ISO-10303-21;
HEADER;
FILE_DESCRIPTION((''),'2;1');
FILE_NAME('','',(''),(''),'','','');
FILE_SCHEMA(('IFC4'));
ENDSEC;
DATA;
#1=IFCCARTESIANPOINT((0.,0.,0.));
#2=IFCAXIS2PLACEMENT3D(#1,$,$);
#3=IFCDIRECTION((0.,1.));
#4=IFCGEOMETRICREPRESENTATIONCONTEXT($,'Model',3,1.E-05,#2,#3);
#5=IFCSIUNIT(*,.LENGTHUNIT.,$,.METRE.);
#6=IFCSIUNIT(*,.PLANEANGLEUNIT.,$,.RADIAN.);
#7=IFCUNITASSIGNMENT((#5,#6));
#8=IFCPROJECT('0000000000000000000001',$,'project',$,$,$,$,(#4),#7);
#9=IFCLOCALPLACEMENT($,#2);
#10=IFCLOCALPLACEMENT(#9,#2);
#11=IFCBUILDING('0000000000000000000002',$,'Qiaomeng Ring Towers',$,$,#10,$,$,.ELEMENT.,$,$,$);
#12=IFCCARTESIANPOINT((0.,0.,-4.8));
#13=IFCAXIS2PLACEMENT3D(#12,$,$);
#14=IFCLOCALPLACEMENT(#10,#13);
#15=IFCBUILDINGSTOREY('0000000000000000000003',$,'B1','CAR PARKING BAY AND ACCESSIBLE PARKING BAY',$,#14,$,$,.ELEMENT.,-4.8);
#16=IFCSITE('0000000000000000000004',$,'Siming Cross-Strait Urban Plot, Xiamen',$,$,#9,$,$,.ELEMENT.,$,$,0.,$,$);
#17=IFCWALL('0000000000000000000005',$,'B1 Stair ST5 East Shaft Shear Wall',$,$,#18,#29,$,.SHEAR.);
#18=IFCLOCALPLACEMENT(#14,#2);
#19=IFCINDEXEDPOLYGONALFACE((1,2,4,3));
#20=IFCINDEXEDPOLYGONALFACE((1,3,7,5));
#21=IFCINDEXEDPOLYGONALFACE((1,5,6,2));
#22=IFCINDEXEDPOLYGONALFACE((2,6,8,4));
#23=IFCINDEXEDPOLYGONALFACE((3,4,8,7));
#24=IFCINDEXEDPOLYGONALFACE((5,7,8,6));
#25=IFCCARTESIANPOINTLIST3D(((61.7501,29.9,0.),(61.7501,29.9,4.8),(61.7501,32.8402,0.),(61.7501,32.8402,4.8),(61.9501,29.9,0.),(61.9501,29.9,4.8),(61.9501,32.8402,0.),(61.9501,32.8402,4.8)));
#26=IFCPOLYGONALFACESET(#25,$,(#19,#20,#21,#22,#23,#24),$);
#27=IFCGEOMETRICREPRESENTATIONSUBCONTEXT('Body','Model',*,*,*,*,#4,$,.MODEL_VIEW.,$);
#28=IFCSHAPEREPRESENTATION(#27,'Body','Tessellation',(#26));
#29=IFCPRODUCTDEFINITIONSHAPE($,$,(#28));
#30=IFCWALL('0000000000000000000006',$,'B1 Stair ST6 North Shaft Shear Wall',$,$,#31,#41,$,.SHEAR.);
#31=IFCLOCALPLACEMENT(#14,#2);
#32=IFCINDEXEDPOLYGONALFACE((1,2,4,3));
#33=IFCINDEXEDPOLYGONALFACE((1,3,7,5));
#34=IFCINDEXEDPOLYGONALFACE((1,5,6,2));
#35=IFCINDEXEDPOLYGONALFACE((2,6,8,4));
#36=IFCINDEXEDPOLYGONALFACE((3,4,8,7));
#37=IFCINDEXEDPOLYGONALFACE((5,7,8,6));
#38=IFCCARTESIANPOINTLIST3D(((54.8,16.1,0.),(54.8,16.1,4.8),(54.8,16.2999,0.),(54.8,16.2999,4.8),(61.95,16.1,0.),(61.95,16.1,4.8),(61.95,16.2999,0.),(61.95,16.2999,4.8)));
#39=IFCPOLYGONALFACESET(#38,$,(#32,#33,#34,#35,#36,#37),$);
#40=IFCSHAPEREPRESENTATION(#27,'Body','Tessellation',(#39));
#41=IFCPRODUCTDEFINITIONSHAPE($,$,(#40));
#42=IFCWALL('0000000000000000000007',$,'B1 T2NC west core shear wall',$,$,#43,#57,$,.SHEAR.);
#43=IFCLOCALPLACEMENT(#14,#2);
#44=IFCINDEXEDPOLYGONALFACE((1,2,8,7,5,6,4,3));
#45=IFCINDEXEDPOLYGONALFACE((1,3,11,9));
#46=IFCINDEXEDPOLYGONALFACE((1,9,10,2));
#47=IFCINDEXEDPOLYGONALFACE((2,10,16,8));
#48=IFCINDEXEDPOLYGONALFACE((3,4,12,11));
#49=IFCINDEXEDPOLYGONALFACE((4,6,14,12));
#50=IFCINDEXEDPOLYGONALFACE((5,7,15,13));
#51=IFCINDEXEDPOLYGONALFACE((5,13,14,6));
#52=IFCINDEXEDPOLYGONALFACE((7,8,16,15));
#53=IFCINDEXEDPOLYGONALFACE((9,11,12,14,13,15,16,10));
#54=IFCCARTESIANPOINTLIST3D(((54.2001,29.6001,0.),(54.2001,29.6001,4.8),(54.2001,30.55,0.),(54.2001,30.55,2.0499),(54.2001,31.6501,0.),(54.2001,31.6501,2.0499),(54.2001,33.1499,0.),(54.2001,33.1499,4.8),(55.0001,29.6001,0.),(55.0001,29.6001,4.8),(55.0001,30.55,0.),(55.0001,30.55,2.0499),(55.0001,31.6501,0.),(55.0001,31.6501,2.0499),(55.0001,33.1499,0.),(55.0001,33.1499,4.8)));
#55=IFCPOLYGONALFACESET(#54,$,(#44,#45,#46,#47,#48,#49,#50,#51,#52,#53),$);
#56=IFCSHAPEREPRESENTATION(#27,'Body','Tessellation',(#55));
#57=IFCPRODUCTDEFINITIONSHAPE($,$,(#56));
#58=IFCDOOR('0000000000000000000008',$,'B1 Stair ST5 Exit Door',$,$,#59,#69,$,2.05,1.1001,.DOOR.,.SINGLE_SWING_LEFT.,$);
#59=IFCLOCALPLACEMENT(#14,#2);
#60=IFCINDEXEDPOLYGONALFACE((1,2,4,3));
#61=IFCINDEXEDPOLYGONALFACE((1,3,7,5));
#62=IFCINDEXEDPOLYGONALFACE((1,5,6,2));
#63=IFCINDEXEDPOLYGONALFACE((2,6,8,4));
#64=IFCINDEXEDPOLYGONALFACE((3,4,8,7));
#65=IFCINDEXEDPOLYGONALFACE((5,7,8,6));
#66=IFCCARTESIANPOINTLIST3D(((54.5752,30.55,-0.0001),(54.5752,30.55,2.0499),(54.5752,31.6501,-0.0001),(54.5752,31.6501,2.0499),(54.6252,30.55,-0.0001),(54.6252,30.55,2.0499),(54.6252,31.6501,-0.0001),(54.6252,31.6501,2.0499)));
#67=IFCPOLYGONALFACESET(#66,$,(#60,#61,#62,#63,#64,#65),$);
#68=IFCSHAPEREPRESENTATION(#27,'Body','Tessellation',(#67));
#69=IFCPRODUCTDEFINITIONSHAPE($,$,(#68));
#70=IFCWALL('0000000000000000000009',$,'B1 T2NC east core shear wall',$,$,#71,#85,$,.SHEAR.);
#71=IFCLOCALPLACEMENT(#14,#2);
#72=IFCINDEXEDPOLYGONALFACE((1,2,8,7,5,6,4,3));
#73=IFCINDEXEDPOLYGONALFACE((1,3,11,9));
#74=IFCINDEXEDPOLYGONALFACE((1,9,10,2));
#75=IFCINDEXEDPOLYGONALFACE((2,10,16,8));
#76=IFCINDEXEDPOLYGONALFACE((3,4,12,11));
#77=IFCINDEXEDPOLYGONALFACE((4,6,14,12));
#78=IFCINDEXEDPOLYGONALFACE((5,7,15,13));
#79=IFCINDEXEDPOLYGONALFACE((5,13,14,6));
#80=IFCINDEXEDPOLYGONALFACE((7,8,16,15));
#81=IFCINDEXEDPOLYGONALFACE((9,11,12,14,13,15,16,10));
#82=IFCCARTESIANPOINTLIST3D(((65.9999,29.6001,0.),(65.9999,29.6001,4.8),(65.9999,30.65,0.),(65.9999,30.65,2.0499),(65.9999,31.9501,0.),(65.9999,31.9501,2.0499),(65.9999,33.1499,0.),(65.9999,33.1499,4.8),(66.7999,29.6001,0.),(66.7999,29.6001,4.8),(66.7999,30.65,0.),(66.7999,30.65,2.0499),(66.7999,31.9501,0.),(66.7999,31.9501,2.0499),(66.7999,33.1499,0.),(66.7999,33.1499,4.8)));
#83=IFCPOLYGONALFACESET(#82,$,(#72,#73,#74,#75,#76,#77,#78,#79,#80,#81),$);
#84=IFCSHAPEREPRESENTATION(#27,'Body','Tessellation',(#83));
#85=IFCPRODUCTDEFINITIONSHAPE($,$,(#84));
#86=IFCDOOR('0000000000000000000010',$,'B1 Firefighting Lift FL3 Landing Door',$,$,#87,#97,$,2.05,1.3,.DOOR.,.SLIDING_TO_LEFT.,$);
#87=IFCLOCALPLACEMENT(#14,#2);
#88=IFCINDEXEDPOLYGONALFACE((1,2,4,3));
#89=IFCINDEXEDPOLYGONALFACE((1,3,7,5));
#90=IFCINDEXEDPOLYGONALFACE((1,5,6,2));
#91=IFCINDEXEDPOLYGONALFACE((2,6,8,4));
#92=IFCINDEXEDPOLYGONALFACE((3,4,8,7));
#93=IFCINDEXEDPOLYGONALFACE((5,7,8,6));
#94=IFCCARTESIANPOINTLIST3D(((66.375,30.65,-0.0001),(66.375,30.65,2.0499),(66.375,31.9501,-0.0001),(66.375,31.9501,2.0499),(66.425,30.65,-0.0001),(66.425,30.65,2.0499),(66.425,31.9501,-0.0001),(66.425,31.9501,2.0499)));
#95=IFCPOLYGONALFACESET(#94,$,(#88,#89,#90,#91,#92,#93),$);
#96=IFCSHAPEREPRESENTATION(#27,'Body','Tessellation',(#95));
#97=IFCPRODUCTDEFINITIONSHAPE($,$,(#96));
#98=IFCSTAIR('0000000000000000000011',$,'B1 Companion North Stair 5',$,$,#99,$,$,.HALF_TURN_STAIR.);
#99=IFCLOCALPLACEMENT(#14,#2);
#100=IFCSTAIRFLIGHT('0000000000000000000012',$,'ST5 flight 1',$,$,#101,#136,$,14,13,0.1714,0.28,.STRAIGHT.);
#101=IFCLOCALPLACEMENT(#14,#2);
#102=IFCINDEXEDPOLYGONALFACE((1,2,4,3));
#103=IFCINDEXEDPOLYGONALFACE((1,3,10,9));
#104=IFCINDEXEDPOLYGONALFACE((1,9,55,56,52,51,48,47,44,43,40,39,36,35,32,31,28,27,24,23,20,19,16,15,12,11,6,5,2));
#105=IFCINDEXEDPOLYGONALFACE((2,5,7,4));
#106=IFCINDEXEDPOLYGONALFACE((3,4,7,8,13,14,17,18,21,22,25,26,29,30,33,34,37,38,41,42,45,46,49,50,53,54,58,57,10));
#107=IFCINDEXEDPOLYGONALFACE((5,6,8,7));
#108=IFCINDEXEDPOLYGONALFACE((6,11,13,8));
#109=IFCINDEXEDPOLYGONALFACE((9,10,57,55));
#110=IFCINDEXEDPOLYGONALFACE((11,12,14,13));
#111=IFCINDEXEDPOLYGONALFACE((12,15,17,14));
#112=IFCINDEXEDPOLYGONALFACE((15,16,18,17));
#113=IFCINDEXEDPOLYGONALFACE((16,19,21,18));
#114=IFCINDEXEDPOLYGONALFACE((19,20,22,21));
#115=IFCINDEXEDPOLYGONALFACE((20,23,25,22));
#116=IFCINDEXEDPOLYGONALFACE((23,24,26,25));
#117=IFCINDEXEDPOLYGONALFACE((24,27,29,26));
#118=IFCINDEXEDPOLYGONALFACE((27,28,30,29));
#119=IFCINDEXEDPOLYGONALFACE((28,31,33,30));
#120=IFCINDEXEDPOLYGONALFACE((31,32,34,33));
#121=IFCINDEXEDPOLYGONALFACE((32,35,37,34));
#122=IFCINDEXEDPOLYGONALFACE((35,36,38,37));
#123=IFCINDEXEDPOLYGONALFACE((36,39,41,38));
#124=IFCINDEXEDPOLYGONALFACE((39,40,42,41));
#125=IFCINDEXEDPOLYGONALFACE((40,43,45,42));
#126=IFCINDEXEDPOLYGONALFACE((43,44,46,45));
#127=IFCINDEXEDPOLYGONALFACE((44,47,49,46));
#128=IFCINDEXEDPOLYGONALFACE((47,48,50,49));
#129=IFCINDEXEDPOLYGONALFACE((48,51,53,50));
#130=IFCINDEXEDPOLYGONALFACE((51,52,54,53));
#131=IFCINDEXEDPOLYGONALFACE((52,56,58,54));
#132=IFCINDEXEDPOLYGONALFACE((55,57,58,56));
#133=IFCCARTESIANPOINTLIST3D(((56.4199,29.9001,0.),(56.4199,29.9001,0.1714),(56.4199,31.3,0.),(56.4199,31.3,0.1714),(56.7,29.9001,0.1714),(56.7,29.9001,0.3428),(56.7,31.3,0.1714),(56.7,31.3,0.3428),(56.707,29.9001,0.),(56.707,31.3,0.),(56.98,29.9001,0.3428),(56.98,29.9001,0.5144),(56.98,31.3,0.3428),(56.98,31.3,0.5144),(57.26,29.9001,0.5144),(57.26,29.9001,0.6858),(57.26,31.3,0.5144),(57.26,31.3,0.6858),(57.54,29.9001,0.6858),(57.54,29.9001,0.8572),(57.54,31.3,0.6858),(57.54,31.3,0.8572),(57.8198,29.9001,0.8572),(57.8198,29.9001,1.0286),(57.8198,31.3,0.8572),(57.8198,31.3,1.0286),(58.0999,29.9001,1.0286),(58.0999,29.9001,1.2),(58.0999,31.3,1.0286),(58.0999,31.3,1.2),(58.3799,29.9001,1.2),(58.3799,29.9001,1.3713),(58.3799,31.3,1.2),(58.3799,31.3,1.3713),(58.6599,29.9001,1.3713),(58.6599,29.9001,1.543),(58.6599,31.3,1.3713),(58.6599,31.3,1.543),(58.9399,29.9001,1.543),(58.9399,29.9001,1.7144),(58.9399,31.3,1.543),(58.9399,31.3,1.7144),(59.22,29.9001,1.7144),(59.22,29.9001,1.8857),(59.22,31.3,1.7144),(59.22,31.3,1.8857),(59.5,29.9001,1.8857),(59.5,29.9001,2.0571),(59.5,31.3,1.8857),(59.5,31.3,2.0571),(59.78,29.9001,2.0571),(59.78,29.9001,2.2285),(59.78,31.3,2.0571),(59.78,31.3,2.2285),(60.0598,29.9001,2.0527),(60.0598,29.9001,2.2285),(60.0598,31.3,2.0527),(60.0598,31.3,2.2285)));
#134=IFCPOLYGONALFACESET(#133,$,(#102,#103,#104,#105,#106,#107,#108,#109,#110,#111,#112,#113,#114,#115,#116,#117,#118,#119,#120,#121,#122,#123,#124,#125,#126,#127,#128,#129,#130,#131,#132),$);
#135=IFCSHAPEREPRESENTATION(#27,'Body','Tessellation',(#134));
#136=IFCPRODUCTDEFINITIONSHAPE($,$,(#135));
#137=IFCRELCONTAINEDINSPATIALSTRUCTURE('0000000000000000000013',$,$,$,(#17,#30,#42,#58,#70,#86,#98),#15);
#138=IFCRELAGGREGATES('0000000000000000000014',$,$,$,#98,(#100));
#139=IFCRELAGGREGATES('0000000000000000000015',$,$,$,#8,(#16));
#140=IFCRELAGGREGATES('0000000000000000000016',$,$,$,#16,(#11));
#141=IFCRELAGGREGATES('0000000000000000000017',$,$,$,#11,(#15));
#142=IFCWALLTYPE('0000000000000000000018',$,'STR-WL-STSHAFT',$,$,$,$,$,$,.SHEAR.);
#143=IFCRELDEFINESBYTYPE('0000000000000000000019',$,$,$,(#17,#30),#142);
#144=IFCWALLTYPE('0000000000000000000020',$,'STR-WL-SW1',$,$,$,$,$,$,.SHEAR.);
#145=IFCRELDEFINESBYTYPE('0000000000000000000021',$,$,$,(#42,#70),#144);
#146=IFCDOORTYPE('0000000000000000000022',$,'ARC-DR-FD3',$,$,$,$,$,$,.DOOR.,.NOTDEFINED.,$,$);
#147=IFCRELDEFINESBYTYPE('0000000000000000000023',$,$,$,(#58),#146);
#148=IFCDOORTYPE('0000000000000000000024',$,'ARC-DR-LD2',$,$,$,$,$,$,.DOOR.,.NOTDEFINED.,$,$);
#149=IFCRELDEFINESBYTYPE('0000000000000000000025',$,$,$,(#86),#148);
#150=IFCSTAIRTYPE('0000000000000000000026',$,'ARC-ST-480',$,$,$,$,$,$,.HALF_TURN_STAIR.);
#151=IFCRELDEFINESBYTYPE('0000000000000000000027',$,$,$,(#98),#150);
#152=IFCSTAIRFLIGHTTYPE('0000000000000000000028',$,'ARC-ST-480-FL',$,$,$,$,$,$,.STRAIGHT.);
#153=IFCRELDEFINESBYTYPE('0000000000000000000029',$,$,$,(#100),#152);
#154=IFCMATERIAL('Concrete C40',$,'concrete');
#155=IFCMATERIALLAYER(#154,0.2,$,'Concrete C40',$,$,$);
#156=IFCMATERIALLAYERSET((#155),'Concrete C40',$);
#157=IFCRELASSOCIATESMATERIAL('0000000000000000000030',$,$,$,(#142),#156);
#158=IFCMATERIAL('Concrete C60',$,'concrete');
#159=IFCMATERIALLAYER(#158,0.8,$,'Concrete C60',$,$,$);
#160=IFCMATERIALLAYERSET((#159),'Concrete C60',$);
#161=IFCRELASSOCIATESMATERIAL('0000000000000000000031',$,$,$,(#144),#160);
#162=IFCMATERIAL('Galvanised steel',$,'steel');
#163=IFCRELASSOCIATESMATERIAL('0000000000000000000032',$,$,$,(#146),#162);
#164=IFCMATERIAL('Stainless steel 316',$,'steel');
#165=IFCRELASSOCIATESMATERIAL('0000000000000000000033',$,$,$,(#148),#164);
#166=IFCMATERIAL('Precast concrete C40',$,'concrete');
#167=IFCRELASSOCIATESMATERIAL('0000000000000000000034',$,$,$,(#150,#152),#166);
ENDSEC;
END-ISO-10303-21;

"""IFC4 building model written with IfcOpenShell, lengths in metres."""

from ifc_helpers import new_model, si_unit, direction, frame, frame_2d, origin, place, context, subcontext, project, spatial, polyline, rectangle, outline, extrude, source, transform, mapped, material, layer, layer_set, type_object, element, fill, aggregate, save


model = new_model("IFC4")

# Units and contexts
model_context = context("Model", 3, precision=1e-05, world=origin(), true_north=direction((0.0, 1.0)))
body_context = subcontext(model_context, "Body", "Model", "MODEL_VIEW")
ifc_project = project(units=[si_unit("LENGTHUNIT", "METRE"), si_unit("PLANEANGLEUNIT", "RADIAN")], contexts=[model_context])

# Site, building, storey
site_placement = place(None, origin())
site = spatial("IfcSite", under=ifc_project, at=site_placement, Name="Siming Cross-Strait Urban Plot, Xiamen", CompositionType="ELEMENT", RefElevation=0.0)
building_placement = place(site_placement, origin())
building = spatial("IfcBuilding", under=site, at=building_placement, Name="Qiaomeng Ring Towers", CompositionType="ELEMENT")
storey_placement = place(building_placement, frame((0.0, 0.0, -4.8)))
storey = spatial("IfcBuildingStorey", under=building, at=storey_placement, Name="B1", Description="CAR PARKING BAY AND ACCESSIBLE PARKING BAY", CompositionType="ELEMENT", Elevation=-4.8)

# Walls
ifc_material_1 = material(Name="Concrete C40", Category="concrete")
ifc_layer_1 = layer(ifc_material_1, 0.2, Name="Concrete C40")
ifc_layer_set_1 = layer_set([ifc_layer_1], Name="Concrete C40")
wall_type_1 = type_object("IfcWallType", Name="STR-WL-STSHAFT", PredefinedType="SHEAR", material=ifc_layer_set_1)
wall_1_placement = place(storey_placement, frame((61.8501, 29.8999, 0.0), z_axis=(0.0, 0.0, 1.0), x_axis=(0.0, 1.0, 0.0)))
element("IfcWall", 1, at=wall_1_placement, inside=storey, type_object=wall_type_1, Name="B1 Stair ST5 East Shaft Shear Wall", PredefinedType="SHEAR", context=body_context, shape_type="SweptSolid", body=[
    extrude(rectangle(XDim=2.9402, YDim=0.2, at=frame_2d((1.4702, 0.0))), origin(), (0.0, 0.0, 1.0), 4.8),
])
wall_2_placement = place(storey_placement, frame((54.8, 16.2, 0.0), z_axis=(0.0, 0.0, 1.0), x_axis=(1.0, 0.0, 0.0)))
element("IfcWall", 2, at=wall_2_placement, inside=storey, type_object=wall_type_1, Name="B1 Stair ST6 North Shaft Shear Wall", PredefinedType="SHEAR", context=body_context, shape_type="SweptSolid", body=[
    extrude(rectangle(XDim=7.1499, YDim=0.2, at=frame_2d((3.575, 0.0))), origin(), (0.0, 0.0, 1.0), 4.8),
])

# Walls, openings, doors
ifc_material_2 = material(Name="Concrete C60", Category="concrete")
ifc_layer_2 = layer(ifc_material_2, 0.8, Name="Concrete C60")
ifc_layer_set_2 = layer_set([ifc_layer_2], Name="Concrete C60")
wall_type_2 = type_object("IfcWallType", Name="STR-WL-SW1", PredefinedType="SHEAR", material=ifc_layer_set_2)
wall_3_placement = place(storey_placement, frame((54.6001, 29.6001, 0.0), z_axis=(0.0, 0.0, 1.0), x_axis=(0.0, 1.0, 0.0)))
wall_3 = element("IfcWall", 3, at=wall_3_placement, inside=storey, type_object=wall_type_2, Name="B1 T2NC west core shear wall", PredefinedType="SHEAR", context=body_context, shape_type="SweptSolid", body=[
    extrude(rectangle(XDim=3.5498, YDim=0.8, at=frame_2d((1.7749, 0.0))), origin(), (0.0, 0.0, 1.0), 4.8),
])
opening_1_placement = place(wall_3_placement, frame((0.95, 0.0, 0.0)))
opening_1 = element("IfcOpeningElement", 4, at=opening_1_placement, cuts=wall_3, PredefinedType="OPENING", context=body_context, shape_type="SweptSolid", body=[
    extrude(rectangle(XDim=1.1001, YDim=2.05, at=frame_2d((0.55, 1.0249))), frame((0.0, 0.4099, 0.0), z_axis=(0.0, -1.0, 0.0), x_axis=(1.0, 0.0, 0.0)), (0.0, 0.0, 1.0), 0.8201),
])
ifc_material_3 = material(Name="Galvanised steel", Category="steel")
door_type_1 = type_object("IfcDoorType", Name="ARC-DR-FD3", OperationType="NOTDEFINED", PredefinedType="DOOR", material=ifc_material_3)
shared_shape_1 = source(origin(), body_context, "Body", "SweptSolid", [
    extrude(rectangle(XDim=1.1001, YDim=2.05, at=frame_2d((0.55, 1.0249))), frame((0.0, 0.0249, 0.0), z_axis=(0.0, -1.0, 0.0), x_axis=(1.0, 0.0, 0.0)), (0.0, 0.0, 1.0), 0.05),
])
door_1_placement = place(opening_1_placement, origin())
door_1 = element("IfcDoor", 5, at=door_1_placement, inside=storey, type_object=door_type_1, Name="B1 Stair ST5 Exit Door", OperationType="SINGLE_SWING_LEFT", OverallHeight=2.05, OverallWidth=1.1001, PredefinedType="DOOR", context=body_context, shape_type="MappedRepresentation", body=[
    mapped(shared_shape_1, transform((0.0, 0.0, 0.0), x_axis=(1.0, 0.0, 0.0), y_axis=(0.0, 1.0, 0.0), z_axis=(0.0, 0.0, 1.0), scale=1.0)),
])
fill(opening_1, door_1)
wall_4_placement = place(storey_placement, frame((66.3999, 29.6001, 0.0), z_axis=(0.0, 0.0, 1.0), x_axis=(0.0, 1.0, 0.0)))
wall_4 = element("IfcWall", 6, at=wall_4_placement, inside=storey, type_object=wall_type_2, Name="B1 T2NC east core shear wall", PredefinedType="SHEAR", context=body_context, shape_type="SweptSolid", body=[
    extrude(rectangle(XDim=3.5498, YDim=0.8, at=frame_2d((1.7749, 0.0))), origin(), (0.0, 0.0, 1.0), 4.8),
])
opening_2_placement = place(wall_4_placement, frame((1.05, 0.0, 0.0)))
opening_2 = element("IfcOpeningElement", 7, at=opening_2_placement, cuts=wall_4, PredefinedType="OPENING", context=body_context, shape_type="SweptSolid", body=[
    extrude(rectangle(XDim=1.3, YDim=2.05, at=frame_2d((0.6499, 1.0249))), frame((0.0, 0.4099, 0.0), z_axis=(0.0, -1.0, 0.0), x_axis=(1.0, 0.0, 0.0)), (0.0, 0.0, 1.0), 0.8201),
])
ifc_material_4 = material(Name="Stainless steel 316", Category="steel")
door_type_2 = type_object("IfcDoorType", Name="ARC-DR-LD2", OperationType="NOTDEFINED", PredefinedType="DOOR", material=ifc_material_4)
shared_shape_2 = source(origin(), body_context, "Body", "SweptSolid", [
    extrude(rectangle(XDim=1.3, YDim=2.05, at=frame_2d((0.6499, 1.0249))), frame((0.0, 0.0249, 0.0), z_axis=(0.0, -1.0, 0.0), x_axis=(1.0, 0.0, 0.0)), (0.0, 0.0, 1.0), 0.05),
])
door_2_placement = place(opening_2_placement, origin())
door_2 = element("IfcDoor", 8, at=door_2_placement, inside=storey, type_object=door_type_2, Name="B1 Firefighting Lift FL3 Landing Door", OperationType="SLIDING_TO_LEFT", OverallHeight=2.05, OverallWidth=1.3, PredefinedType="DOOR", context=body_context, shape_type="MappedRepresentation", body=[
    mapped(shared_shape_2, transform((0.0, 0.0, 0.0), x_axis=(1.0, 0.0, 0.0), y_axis=(0.0, 1.0, 0.0), z_axis=(0.0, 0.0, 1.0), scale=1.0)),
])
fill(opening_2, door_2)

# Stair, stair flight
ifc_material_5 = material(Name="Precast concrete C40", Category="concrete")
stair_type = type_object("IfcStairType", Name="ARC-ST-480", PredefinedType="HALF_TURN_STAIR", material=ifc_material_5)
stair_placement = place(storey_placement, origin())
stair = element("IfcStair", 9, at=stair_placement, inside=storey, type_object=stair_type, Name="B1 Companion North Stair 5", PredefinedType="HALF_TURN_STAIR")
stair_flight_type = type_object("IfcStairFlightType", Name="ARC-ST-480-FL", PredefinedType="STRAIGHT", material=ifc_material_5)
shared_shape_3 = source(origin(), body_context, "Body", "SweptSolid", [
    extrude(outline(polyline([(0.0, 0.0), (0.0, 0.1714), (0.28, 0.1714), (0.28, 0.3428), (0.5601, 0.3428), (0.5601, 0.5144), (0.8401, 0.5144), (0.8401, 0.6858), (1.1201, 0.6858), (1.1201, 0.8572), (1.3999, 0.8572), (1.3999, 1.0286), (1.6799, 1.0286), (1.6799, 1.2), (1.96, 1.2), (1.96, 1.3713), (2.24, 1.3713), (2.24, 1.543), (2.52, 1.543), (2.52, 1.7144), (2.8, 1.7144), (2.8, 1.8857), (3.0801, 1.8857), (3.0801, 2.0571), (3.3601, 2.0571), (3.3601, 2.2285), (3.6399, 2.2285), (3.6399, 2.3999), (3.6399, 2.0527), (0.2871, 0.0), (0.0, 0.0)])), frame((0.0, 0.7, 0.0), z_axis=(0.0, -1.0, 0.0), x_axis=(1.0, 0.0, 0.0)), (0.0, 0.0, 1.0), 1.3999),
])
stair_flight_placement = place(storey_placement, frame((56.4199, 30.6001, 0.0), z_axis=(0.0, 0.0, 1.0), x_axis=(1.0, 0.0, 0.0)))
stair_flight = element("IfcStairFlight", 10, at=stair_flight_placement, type_object=stair_flight_type, Name="ST5 flight 1", NumberOfRisers=14, NumberOfTreads=13, PredefinedType="STRAIGHT", RiserHeight=0.1714, TreadLength=0.28, context=body_context, shape_type="MappedRepresentation", body=[
    mapped(shared_shape_3, transform((0.0, 0.0, 0.0), x_axis=(1.0, 0.0, 0.0), y_axis=(0.0, 1.0, 0.0), z_axis=(0.0, 0.0, 1.0), scale=1.0)),
])
aggregate(stair, [stair_flight])

save(model, "model.ifc")
